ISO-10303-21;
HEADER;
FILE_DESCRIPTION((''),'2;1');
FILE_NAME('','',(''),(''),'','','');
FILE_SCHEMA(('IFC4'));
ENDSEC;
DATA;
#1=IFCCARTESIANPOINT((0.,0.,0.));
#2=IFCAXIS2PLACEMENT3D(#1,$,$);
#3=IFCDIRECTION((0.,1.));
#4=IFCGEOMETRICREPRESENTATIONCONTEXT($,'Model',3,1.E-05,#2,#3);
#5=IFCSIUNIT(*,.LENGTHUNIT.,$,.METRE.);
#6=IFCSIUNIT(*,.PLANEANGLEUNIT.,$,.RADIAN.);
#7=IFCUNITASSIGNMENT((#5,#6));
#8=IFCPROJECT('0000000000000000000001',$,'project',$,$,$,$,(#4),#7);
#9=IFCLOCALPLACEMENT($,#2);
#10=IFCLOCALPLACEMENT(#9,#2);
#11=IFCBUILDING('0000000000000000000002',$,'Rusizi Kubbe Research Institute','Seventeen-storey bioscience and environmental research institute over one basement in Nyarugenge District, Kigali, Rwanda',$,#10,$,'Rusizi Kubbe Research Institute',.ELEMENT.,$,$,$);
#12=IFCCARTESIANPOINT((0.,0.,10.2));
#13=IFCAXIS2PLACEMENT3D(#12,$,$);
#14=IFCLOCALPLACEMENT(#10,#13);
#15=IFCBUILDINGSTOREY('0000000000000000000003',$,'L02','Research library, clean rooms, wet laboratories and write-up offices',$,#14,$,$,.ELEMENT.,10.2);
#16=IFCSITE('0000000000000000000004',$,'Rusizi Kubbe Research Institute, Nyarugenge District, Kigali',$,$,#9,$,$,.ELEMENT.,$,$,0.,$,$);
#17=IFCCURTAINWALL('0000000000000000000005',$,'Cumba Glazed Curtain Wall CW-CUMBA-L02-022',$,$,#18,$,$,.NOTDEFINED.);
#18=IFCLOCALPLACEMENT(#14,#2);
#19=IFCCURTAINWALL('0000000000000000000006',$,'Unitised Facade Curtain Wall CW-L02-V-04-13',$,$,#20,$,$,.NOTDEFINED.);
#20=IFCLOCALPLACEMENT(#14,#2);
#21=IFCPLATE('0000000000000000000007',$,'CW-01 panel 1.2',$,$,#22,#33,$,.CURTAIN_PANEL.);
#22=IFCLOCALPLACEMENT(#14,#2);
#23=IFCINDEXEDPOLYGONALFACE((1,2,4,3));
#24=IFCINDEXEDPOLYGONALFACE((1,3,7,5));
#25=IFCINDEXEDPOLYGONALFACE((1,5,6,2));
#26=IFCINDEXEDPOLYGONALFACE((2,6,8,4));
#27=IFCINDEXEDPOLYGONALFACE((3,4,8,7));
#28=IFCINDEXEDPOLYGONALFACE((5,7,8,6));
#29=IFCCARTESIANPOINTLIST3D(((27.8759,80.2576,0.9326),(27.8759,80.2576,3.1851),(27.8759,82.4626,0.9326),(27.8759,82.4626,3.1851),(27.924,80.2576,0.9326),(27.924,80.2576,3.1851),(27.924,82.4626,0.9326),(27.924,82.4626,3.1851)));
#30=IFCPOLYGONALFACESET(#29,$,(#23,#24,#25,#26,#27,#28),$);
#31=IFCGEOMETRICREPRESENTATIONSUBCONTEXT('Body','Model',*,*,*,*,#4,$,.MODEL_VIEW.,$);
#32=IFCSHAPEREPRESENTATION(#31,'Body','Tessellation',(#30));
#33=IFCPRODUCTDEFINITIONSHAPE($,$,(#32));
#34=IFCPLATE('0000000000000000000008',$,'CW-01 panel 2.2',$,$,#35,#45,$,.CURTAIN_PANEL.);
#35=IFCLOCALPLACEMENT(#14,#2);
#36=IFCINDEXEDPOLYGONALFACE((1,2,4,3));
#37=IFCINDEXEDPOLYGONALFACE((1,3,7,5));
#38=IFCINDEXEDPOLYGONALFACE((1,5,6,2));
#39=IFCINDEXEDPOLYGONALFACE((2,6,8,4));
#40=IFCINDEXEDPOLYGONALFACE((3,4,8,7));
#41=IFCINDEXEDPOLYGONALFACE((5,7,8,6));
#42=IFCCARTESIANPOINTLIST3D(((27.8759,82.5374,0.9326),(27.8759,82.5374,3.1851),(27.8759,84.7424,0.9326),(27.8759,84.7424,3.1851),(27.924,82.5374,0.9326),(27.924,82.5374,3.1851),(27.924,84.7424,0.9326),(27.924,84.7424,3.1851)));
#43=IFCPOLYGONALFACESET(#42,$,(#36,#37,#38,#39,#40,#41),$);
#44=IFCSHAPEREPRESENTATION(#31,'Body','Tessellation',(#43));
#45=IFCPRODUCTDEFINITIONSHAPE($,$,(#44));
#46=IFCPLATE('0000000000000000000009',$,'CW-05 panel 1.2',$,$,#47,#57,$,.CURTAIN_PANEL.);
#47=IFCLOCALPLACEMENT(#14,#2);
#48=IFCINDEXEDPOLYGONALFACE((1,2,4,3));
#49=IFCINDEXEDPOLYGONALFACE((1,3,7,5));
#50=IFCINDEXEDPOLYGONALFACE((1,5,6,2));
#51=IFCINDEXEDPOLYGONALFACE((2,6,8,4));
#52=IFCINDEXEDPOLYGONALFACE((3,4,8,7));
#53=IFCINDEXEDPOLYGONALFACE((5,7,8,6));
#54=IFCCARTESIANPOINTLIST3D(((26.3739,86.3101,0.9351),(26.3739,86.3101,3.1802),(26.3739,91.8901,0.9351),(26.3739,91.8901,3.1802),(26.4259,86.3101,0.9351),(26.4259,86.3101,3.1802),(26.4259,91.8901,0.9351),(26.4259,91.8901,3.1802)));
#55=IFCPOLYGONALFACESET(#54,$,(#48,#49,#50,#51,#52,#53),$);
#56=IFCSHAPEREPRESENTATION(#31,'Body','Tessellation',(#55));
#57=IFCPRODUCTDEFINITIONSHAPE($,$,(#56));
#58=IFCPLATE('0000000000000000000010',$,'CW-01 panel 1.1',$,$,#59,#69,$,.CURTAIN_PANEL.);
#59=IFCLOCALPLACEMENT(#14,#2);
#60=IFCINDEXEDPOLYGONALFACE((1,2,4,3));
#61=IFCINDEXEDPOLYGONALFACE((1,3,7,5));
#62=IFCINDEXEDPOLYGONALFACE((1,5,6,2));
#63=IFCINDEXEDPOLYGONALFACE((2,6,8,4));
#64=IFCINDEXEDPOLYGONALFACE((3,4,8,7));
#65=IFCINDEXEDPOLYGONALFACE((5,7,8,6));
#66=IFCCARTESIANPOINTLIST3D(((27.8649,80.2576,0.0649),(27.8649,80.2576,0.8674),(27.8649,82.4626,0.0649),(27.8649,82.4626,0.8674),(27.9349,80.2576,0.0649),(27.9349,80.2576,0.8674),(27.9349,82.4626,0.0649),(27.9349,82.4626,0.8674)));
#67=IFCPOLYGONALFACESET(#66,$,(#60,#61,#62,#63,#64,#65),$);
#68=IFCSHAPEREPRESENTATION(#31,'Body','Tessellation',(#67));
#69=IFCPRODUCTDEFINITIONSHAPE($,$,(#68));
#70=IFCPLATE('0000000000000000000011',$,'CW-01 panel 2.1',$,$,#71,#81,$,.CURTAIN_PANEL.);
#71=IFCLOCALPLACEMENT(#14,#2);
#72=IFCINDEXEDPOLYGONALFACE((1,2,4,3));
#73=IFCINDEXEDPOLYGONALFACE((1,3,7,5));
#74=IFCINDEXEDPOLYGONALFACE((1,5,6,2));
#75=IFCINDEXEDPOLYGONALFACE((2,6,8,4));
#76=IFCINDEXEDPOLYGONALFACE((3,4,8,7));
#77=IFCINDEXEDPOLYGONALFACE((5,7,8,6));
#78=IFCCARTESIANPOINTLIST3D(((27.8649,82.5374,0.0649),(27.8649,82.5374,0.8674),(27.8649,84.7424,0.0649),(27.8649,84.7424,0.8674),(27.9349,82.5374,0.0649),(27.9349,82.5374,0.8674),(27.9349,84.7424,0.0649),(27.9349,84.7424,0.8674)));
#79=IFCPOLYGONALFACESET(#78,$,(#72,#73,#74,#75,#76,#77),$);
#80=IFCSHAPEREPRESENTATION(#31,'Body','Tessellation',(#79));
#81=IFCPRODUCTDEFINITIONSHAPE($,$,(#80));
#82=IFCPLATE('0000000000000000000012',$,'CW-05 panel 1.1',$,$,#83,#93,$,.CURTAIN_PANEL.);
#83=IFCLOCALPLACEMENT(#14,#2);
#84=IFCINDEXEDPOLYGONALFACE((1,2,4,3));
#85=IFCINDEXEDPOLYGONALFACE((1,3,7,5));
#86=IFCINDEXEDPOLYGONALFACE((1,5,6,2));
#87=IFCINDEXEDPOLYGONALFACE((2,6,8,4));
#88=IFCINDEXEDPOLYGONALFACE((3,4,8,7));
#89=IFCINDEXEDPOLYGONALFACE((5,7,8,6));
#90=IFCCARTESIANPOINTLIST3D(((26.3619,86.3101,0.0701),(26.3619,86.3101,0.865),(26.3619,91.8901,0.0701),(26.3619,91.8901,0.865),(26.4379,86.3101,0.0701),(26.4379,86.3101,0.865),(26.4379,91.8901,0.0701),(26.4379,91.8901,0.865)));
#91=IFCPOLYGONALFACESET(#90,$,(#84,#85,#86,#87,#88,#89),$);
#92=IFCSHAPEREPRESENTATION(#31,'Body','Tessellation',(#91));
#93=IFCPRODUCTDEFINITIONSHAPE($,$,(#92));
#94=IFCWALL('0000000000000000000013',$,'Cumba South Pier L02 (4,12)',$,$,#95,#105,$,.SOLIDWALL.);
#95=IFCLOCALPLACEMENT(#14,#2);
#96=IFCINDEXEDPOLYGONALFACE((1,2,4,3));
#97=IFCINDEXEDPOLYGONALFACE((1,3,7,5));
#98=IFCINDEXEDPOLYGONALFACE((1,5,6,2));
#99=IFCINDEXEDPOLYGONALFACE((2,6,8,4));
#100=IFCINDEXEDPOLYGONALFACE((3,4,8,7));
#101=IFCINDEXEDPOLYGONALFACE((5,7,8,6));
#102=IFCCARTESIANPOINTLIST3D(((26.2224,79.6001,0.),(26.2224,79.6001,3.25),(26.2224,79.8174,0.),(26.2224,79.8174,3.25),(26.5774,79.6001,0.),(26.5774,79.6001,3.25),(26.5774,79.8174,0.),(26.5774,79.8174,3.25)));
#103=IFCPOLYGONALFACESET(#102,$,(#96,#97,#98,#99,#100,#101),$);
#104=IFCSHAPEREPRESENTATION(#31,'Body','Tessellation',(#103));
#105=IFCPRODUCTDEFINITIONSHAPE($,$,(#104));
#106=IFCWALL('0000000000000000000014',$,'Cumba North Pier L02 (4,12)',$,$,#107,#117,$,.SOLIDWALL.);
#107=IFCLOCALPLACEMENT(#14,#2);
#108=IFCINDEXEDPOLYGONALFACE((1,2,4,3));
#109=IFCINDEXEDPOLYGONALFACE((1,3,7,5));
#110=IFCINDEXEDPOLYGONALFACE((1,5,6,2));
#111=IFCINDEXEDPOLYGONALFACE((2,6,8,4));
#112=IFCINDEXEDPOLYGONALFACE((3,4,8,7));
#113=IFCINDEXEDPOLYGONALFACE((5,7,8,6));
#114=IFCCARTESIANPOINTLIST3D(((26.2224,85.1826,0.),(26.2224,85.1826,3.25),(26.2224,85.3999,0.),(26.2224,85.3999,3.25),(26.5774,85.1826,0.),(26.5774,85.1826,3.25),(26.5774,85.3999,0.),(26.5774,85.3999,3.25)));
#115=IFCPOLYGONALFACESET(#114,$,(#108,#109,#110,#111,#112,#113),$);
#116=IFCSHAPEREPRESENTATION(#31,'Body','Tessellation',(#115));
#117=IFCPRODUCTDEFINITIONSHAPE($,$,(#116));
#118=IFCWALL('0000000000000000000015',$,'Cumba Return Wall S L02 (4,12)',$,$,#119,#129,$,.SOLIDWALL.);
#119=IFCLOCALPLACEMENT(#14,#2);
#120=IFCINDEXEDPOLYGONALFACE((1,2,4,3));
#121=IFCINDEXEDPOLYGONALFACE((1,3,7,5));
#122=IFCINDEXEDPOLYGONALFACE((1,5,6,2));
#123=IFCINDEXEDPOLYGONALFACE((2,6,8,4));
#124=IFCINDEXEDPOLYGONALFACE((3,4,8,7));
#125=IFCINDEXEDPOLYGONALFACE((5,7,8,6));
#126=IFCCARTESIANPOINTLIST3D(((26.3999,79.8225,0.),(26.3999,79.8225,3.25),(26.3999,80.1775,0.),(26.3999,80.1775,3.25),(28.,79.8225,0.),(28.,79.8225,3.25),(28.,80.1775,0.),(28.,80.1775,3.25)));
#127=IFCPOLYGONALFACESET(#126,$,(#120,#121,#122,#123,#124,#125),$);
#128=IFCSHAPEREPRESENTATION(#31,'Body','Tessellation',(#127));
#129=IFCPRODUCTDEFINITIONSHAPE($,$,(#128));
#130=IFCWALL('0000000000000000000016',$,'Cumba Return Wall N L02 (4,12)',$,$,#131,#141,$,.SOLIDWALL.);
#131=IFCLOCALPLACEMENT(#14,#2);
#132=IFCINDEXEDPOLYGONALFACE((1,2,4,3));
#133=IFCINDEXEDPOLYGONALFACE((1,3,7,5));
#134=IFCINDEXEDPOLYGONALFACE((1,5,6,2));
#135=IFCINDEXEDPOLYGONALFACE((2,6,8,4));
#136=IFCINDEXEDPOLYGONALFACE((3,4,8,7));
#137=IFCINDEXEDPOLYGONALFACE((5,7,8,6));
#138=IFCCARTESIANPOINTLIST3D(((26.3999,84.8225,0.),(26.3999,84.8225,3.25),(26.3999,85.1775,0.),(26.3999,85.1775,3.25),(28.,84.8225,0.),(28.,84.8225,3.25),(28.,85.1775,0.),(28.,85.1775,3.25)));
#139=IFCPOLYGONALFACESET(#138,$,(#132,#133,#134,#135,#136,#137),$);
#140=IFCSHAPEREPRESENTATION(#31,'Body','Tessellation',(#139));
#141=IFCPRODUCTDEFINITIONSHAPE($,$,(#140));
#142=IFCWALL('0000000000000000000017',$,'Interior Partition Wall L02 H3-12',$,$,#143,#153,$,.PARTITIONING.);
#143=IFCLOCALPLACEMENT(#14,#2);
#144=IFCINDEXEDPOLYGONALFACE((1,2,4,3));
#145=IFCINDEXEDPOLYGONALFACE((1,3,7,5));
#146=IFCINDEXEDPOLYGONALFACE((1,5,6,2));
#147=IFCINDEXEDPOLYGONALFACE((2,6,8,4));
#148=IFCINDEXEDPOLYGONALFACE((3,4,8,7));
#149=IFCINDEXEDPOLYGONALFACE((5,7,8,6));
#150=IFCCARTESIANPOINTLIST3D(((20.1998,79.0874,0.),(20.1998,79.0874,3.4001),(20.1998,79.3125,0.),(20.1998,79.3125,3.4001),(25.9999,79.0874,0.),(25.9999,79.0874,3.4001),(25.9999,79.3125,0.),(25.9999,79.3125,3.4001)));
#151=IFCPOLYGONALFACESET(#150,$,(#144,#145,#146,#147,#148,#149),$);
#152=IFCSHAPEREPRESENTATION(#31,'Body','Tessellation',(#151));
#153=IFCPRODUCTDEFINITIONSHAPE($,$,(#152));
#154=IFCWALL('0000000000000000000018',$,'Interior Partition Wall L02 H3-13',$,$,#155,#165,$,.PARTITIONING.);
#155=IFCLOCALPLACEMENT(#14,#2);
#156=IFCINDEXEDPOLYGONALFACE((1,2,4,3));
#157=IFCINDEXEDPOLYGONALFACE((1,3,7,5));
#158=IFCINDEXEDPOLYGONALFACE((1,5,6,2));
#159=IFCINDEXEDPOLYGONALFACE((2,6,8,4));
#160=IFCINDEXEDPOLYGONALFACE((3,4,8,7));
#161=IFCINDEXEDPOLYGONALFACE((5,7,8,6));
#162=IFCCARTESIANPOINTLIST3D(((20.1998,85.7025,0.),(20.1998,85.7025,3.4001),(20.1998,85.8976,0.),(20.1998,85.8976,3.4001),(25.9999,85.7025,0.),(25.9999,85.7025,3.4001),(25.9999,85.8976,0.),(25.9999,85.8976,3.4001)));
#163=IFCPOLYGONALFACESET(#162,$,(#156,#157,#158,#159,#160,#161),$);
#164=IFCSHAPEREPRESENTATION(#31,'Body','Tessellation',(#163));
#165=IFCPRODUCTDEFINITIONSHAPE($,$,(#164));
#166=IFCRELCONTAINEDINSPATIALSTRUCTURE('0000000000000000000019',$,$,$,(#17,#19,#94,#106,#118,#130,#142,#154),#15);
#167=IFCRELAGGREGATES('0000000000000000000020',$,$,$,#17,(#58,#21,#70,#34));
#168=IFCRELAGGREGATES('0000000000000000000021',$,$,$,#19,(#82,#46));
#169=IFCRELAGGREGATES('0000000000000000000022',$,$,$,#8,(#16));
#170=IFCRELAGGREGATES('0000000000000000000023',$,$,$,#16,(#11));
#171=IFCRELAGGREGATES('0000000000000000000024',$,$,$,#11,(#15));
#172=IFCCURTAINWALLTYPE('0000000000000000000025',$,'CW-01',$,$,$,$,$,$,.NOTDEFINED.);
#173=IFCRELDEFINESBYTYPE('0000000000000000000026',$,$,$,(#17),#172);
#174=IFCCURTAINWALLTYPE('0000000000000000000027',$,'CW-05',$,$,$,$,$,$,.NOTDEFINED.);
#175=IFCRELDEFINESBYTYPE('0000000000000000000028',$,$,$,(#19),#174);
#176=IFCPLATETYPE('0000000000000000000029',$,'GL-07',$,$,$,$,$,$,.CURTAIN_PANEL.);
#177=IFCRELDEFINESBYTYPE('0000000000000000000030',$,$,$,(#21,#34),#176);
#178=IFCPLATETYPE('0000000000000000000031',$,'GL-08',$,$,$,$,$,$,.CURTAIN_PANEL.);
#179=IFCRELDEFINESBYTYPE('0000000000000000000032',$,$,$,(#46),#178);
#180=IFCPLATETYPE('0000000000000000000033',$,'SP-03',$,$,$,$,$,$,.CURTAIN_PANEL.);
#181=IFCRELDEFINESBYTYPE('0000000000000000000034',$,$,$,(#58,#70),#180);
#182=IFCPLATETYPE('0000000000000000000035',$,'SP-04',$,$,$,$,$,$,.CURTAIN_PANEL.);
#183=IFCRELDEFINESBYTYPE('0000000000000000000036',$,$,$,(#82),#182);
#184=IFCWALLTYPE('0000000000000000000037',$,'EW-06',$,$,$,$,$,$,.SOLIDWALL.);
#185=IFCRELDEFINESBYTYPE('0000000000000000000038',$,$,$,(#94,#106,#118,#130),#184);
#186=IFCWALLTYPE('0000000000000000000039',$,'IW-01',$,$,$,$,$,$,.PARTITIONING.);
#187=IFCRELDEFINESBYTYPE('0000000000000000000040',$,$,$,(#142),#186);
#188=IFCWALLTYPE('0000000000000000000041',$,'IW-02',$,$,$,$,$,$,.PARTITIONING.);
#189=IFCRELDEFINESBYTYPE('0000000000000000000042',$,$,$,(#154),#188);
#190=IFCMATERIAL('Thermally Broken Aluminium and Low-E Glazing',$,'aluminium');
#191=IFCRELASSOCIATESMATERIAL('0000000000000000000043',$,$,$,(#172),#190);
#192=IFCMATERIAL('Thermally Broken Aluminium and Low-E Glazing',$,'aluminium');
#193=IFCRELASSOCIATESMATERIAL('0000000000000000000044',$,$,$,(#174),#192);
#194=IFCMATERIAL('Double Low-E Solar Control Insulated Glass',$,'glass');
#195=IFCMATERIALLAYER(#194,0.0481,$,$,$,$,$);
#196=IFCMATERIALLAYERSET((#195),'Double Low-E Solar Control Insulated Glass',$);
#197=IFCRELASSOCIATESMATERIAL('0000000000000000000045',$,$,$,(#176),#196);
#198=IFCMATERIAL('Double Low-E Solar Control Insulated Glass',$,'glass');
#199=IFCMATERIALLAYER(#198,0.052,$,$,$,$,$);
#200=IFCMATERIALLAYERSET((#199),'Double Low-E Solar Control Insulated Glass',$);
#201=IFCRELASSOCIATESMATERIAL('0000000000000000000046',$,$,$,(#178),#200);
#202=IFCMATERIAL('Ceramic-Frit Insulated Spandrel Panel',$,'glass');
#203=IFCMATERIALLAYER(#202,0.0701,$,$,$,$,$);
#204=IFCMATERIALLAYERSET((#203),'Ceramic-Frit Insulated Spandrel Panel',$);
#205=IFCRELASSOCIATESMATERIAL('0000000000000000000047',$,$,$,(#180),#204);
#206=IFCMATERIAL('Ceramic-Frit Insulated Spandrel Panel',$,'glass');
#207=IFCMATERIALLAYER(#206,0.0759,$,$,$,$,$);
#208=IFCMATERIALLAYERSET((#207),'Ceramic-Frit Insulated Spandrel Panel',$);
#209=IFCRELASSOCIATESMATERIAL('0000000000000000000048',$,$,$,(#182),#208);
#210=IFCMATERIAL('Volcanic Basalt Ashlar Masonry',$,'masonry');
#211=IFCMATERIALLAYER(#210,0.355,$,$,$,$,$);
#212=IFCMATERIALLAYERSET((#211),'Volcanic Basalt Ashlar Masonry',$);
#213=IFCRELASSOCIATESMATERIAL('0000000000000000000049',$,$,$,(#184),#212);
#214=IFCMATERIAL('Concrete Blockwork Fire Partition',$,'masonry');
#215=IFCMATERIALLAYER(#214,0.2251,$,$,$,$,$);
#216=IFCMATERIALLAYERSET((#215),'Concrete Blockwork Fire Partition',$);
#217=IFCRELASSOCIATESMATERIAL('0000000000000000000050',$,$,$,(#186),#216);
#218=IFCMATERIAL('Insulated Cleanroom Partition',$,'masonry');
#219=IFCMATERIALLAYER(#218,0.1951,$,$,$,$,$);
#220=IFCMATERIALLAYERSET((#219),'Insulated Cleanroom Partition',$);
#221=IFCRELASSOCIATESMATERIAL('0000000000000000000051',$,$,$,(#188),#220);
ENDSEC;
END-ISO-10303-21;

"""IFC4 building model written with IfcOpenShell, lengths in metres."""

from ifc_helpers import new_model, si_unit, direction, frame, frame_2d, origin, origin_2d, place, context, subcontext, project, spatial, rectangle, extrude, material, layer, layer_set, type_object, element, aggregate, save


model = new_model("IFC4")

# Units and contexts
model_context = context("Model", 3, precision=1e-05, world=origin(), true_north=direction((0.0, 1.0)))
body_context = subcontext(model_context, "Body", "Model", "MODEL_VIEW")
ifc_project = project(units=[si_unit("LENGTHUNIT", "METRE"), si_unit("PLANEANGLEUNIT", "RADIAN")], contexts=[model_context])

# Site, building, storey
site_placement = place(None, origin())
site = spatial("IfcSite", under=ifc_project, at=site_placement, Name="Rusizi Kubbe Research Institute, Nyarugenge District, Kigali", CompositionType="ELEMENT", RefElevation=0.0)
building_placement = place(site_placement, origin())
building = spatial("IfcBuilding", under=site, at=building_placement, Name="Rusizi Kubbe Research Institute", Description="Seventeen-storey bioscience and environmental research institute over one basement in Nyarugenge District, Kigali, Rwanda", LongName="Rusizi Kubbe Research Institute", CompositionType="ELEMENT")
storey_placement = place(building_placement, frame((0.0, 0.0, 10.2)))
storey = spatial("IfcBuildingStorey", under=building, at=storey_placement, Name="L02", Description="Research library, clean rooms, wet laboratories and write-up offices", CompositionType="ELEMENT", Elevation=10.2)

# Curtain walls
ifc_material_1 = material(Name="Thermally Broken Aluminium and Low-E Glazing", Category="aluminium")
curtain_wall_type_1 = type_object("IfcCurtainWallType", Name="CW-01", PredefinedType="NOTDEFINED", material=ifc_material_1)
curtain_wall_1_placement = place(storey_placement, origin())
curtain_wall_1 = element("IfcCurtainWall", 1, at=curtain_wall_1_placement, inside=storey, type_object=curtain_wall_type_1, Name="Cumba Glazed Curtain Wall CW-CUMBA-L02-022", PredefinedType="NOTDEFINED")
ifc_material_2 = material(Name="Thermally Broken Aluminium and Low-E Glazing", Category="aluminium")
curtain_wall_type_2 = type_object("IfcCurtainWallType", Name="CW-05", PredefinedType="NOTDEFINED", material=ifc_material_2)
curtain_wall_2_placement = place(storey_placement, origin())
curtain_wall_2 = element("IfcCurtainWall", 2, at=curtain_wall_2_placement, inside=storey, type_object=curtain_wall_type_2, Name="Unitised Facade Curtain Wall CW-L02-V-04-13", PredefinedType="NOTDEFINED")

# Plates
ifc_material_3 = material(Name="Double Low-E Solar Control Insulated Glass", Category="glass")
ifc_layer_1 = layer(ifc_material_3, 0.0481)
ifc_layer_set_1 = layer_set([ifc_layer_1], Name="Double Low-E Solar Control Insulated Glass")
plate_type_1 = type_object("IfcPlateType", Name="GL-07", PredefinedType="CURTAIN_PANEL", material=ifc_layer_set_1)
plate_1_placement = place(storey_placement, frame((27.8999, 81.3601, 0.9326), z_axis=(0.0, 0.0, 1.0), x_axis=(0.0, 1.0, 0.0)))
plate_1 = element("IfcPlate", 3, at=plate_1_placement, type_object=plate_type_1, Name="CW-01 panel 1.2", PredefinedType="CURTAIN_PANEL", context=body_context, shape_type="SweptSolid", body=[
    extrude(rectangle(XDim=2.2051, YDim=0.0481, at=origin_2d()), origin(), (0.0, 0.0, 1.0), 2.2524),
])
plate_2_placement = place(storey_placement, frame((27.8999, 83.6399, 0.9326), z_axis=(0.0, 0.0, 1.0), x_axis=(0.0, 1.0, 0.0)))
plate_2 = element("IfcPlate", 4, at=plate_2_placement, type_object=plate_type_1, Name="CW-01 panel 2.2", PredefinedType="CURTAIN_PANEL", context=body_context, shape_type="SweptSolid", body=[
    extrude(rectangle(XDim=2.2051, YDim=0.0481, at=origin_2d()), origin(), (0.0, 0.0, 1.0), 2.2524),
])
ifc_material_4 = material(Name="Double Low-E Solar Control Insulated Glass", Category="glass")
ifc_layer_2 = layer(ifc_material_4, 0.052)
ifc_layer_set_2 = layer_set([ifc_layer_2], Name="Double Low-E Solar Control Insulated Glass")
plate_type_2 = type_object("IfcPlateType", Name="GL-08", PredefinedType="CURTAIN_PANEL", material=ifc_layer_set_2)
plate_3_placement = place(storey_placement, frame((26.3999, 89.1001, 0.9351), z_axis=(0.0, 0.0, 1.0), x_axis=(0.0, 1.0, 0.0)))
plate_3 = element("IfcPlate", 5, at=plate_3_placement, type_object=plate_type_2, Name="CW-05 panel 1.2", PredefinedType="CURTAIN_PANEL", context=body_context, shape_type="SweptSolid", body=[
    extrude(rectangle(XDim=5.5801, YDim=0.052, at=origin_2d()), origin(), (0.0, 0.0, 1.0), 2.2451),
])
ifc_material_5 = material(Name="Ceramic-Frit Insulated Spandrel Panel", Category="glass")
ifc_layer_3 = layer(ifc_material_5, 0.0701)
ifc_layer_set_3 = layer_set([ifc_layer_3], Name="Ceramic-Frit Insulated Spandrel Panel")
plate_type_3 = type_object("IfcPlateType", Name="SP-03", PredefinedType="CURTAIN_PANEL", material=ifc_layer_set_3)
plate_4_placement = place(storey_placement, frame((27.8999, 81.3601, 0.0649), z_axis=(0.0, 0.0, 1.0), x_axis=(0.0, 1.0, 0.0)))
plate_4 = element("IfcPlate", 6, at=plate_4_placement, type_object=plate_type_3, Name="CW-01 panel 1.1", PredefinedType="CURTAIN_PANEL", context=body_context, shape_type="SweptSolid", body=[
    extrude(rectangle(XDim=2.2051, YDim=0.0701, at=origin_2d()), origin(), (0.0, 0.0, 1.0), 0.8025),
])
plate_5_placement = place(storey_placement, frame((27.8999, 83.6399, 0.0649), z_axis=(0.0, 0.0, 1.0), x_axis=(0.0, 1.0, 0.0)))
plate_5 = element("IfcPlate", 7, at=plate_5_placement, type_object=plate_type_3, Name="CW-01 panel 2.1", PredefinedType="CURTAIN_PANEL", context=body_context, shape_type="SweptSolid", body=[
    extrude(rectangle(XDim=2.2051, YDim=0.0701, at=origin_2d()), origin(), (0.0, 0.0, 1.0), 0.8025),
])
aggregate(curtain_wall_1, [plate_4, plate_1, plate_5, plate_2])
ifc_material_6 = material(Name="Ceramic-Frit Insulated Spandrel Panel", Category="glass")
ifc_layer_4 = layer(ifc_material_6, 0.0759)
ifc_layer_set_4 = layer_set([ifc_layer_4], Name="Ceramic-Frit Insulated Spandrel Panel")
plate_type_4 = type_object("IfcPlateType", Name="SP-04", PredefinedType="CURTAIN_PANEL", material=ifc_layer_set_4)
plate_6_placement = place(storey_placement, frame((26.3999, 89.1001, 0.0701), z_axis=(0.0, 0.0, 1.0), x_axis=(0.0, 1.0, 0.0)))
plate_6 = element("IfcPlate", 8, at=plate_6_placement, type_object=plate_type_4, Name="CW-05 panel 1.1", PredefinedType="CURTAIN_PANEL", context=body_context, shape_type="SweptSolid", body=[
    extrude(rectangle(XDim=5.5801, YDim=0.0759, at=origin_2d()), origin(), (0.0, 0.0, 1.0), 0.7949),
])
aggregate(curtain_wall_2, [plate_6, plate_3])

# Walls
ifc_material_7 = material(Name="Volcanic Basalt Ashlar Masonry", Category="masonry")
ifc_layer_5 = layer(ifc_material_7, 0.355)
ifc_layer_set_5 = layer_set([ifc_layer_5], Name="Volcanic Basalt Ashlar Masonry")
wall_type_1 = type_object("IfcWallType", Name="EW-06", PredefinedType="SOLIDWALL", material=ifc_layer_set_5)
for number, where, z_axis, x_axis, name in (
    (9, (26.3999, 79.6001, 0.0), (0.0, 0.0, 1.0), (0.0, 1.0, 0.0), "Cumba South Pier L02 (4,12)"),
    (10, (26.3999, 85.1826, 0.0), (0.0, 0.0, 1.0), (0.0, 1.0, 0.0), "Cumba North Pier L02 (4,12)"),
):
    element("IfcWall", number, at=place(storey_placement, frame(where, z_axis=z_axis, x_axis=x_axis)), inside=storey, type_object=wall_type_1, Name=name, PredefinedType="SOLIDWALL", context=body_context, shape_type="SweptSolid", body=[
        extrude(rectangle(XDim=0.2173, YDim=0.355, at=frame_2d((0.1086, 0.0))), origin(), (0.0, 0.0, 1.0), 3.25),
    ])
for number, where, z_axis, x_axis, name in (
    (11, (26.3999, 80.0, 0.0), (0.0, 0.0, 1.0), (1.0, 0.0, 0.0), "Cumba Return Wall S L02 (4,12)"),
    (12, (26.3999, 85.0, 0.0), (0.0, 0.0, 1.0), (1.0, 0.0, 0.0), "Cumba Return Wall N L02 (4,12)"),
):
    element("IfcWall", number, at=place(storey_placement, frame(where, z_axis=z_axis, x_axis=x_axis)), inside=storey, type_object=wall_type_1, Name=name, PredefinedType="SOLIDWALL", context=body_context, shape_type="SweptSolid", body=[
        extrude(rectangle(XDim=1.6001, YDim=0.355, at=frame_2d((0.8, 0.0))), origin(), (0.0, 0.0, 1.0), 3.25),
    ])
ifc_material_8 = material(Name="Concrete Blockwork Fire Partition", Category="masonry")
ifc_layer_6 = layer(ifc_material_8, 0.2251)
ifc_layer_set_6 = layer_set([ifc_layer_6], Name="Concrete Blockwork Fire Partition")
wall_type_2 = type_object("IfcWallType", Name="IW-01", PredefinedType="PARTITIONING", material=ifc_layer_set_6)
wall_1_placement = place(storey_placement, frame((20.2, 79.2, 0.0), z_axis=(0.0, 0.0, 1.0), x_axis=(1.0, 0.0, 0.0)))
element("IfcWall", 13, at=wall_1_placement, inside=storey, type_object=wall_type_2, Name="Interior Partition Wall L02 H3-12", PredefinedType="PARTITIONING", context=body_context, shape_type="SweptSolid", body=[
    extrude(rectangle(XDim=5.8, YDim=0.2251, at=frame_2d((2.8999, 0.0))), origin(), (0.0, 0.0, 1.0), 3.4001),
])
ifc_material_9 = material(Name="Insulated Cleanroom Partition", Category="masonry")
ifc_layer_7 = layer(ifc_material_9, 0.1951)
ifc_layer_set_7 = layer_set([ifc_layer_7], Name="Insulated Cleanroom Partition")
wall_type_3 = type_object("IfcWallType", Name="IW-02", PredefinedType="PARTITIONING", material=ifc_layer_set_7)
wall_2_placement = place(storey_placement, frame((20.2, 85.8, 0.0), z_axis=(0.0, 0.0, 1.0), x_axis=(1.0, 0.0, 0.0)))
element("IfcWall", 14, at=wall_2_placement, inside=storey, type_object=wall_type_3, Name="Interior Partition Wall L02 H3-13", PredefinedType="PARTITIONING", context=body_context, shape_type="SweptSolid", body=[
    extrude(rectangle(XDim=5.8, YDim=0.1951, at=frame_2d((2.8999, 0.0))), origin(), (0.0, 0.0, 1.0), 3.4001),
])

save(model, "model.ifc")
